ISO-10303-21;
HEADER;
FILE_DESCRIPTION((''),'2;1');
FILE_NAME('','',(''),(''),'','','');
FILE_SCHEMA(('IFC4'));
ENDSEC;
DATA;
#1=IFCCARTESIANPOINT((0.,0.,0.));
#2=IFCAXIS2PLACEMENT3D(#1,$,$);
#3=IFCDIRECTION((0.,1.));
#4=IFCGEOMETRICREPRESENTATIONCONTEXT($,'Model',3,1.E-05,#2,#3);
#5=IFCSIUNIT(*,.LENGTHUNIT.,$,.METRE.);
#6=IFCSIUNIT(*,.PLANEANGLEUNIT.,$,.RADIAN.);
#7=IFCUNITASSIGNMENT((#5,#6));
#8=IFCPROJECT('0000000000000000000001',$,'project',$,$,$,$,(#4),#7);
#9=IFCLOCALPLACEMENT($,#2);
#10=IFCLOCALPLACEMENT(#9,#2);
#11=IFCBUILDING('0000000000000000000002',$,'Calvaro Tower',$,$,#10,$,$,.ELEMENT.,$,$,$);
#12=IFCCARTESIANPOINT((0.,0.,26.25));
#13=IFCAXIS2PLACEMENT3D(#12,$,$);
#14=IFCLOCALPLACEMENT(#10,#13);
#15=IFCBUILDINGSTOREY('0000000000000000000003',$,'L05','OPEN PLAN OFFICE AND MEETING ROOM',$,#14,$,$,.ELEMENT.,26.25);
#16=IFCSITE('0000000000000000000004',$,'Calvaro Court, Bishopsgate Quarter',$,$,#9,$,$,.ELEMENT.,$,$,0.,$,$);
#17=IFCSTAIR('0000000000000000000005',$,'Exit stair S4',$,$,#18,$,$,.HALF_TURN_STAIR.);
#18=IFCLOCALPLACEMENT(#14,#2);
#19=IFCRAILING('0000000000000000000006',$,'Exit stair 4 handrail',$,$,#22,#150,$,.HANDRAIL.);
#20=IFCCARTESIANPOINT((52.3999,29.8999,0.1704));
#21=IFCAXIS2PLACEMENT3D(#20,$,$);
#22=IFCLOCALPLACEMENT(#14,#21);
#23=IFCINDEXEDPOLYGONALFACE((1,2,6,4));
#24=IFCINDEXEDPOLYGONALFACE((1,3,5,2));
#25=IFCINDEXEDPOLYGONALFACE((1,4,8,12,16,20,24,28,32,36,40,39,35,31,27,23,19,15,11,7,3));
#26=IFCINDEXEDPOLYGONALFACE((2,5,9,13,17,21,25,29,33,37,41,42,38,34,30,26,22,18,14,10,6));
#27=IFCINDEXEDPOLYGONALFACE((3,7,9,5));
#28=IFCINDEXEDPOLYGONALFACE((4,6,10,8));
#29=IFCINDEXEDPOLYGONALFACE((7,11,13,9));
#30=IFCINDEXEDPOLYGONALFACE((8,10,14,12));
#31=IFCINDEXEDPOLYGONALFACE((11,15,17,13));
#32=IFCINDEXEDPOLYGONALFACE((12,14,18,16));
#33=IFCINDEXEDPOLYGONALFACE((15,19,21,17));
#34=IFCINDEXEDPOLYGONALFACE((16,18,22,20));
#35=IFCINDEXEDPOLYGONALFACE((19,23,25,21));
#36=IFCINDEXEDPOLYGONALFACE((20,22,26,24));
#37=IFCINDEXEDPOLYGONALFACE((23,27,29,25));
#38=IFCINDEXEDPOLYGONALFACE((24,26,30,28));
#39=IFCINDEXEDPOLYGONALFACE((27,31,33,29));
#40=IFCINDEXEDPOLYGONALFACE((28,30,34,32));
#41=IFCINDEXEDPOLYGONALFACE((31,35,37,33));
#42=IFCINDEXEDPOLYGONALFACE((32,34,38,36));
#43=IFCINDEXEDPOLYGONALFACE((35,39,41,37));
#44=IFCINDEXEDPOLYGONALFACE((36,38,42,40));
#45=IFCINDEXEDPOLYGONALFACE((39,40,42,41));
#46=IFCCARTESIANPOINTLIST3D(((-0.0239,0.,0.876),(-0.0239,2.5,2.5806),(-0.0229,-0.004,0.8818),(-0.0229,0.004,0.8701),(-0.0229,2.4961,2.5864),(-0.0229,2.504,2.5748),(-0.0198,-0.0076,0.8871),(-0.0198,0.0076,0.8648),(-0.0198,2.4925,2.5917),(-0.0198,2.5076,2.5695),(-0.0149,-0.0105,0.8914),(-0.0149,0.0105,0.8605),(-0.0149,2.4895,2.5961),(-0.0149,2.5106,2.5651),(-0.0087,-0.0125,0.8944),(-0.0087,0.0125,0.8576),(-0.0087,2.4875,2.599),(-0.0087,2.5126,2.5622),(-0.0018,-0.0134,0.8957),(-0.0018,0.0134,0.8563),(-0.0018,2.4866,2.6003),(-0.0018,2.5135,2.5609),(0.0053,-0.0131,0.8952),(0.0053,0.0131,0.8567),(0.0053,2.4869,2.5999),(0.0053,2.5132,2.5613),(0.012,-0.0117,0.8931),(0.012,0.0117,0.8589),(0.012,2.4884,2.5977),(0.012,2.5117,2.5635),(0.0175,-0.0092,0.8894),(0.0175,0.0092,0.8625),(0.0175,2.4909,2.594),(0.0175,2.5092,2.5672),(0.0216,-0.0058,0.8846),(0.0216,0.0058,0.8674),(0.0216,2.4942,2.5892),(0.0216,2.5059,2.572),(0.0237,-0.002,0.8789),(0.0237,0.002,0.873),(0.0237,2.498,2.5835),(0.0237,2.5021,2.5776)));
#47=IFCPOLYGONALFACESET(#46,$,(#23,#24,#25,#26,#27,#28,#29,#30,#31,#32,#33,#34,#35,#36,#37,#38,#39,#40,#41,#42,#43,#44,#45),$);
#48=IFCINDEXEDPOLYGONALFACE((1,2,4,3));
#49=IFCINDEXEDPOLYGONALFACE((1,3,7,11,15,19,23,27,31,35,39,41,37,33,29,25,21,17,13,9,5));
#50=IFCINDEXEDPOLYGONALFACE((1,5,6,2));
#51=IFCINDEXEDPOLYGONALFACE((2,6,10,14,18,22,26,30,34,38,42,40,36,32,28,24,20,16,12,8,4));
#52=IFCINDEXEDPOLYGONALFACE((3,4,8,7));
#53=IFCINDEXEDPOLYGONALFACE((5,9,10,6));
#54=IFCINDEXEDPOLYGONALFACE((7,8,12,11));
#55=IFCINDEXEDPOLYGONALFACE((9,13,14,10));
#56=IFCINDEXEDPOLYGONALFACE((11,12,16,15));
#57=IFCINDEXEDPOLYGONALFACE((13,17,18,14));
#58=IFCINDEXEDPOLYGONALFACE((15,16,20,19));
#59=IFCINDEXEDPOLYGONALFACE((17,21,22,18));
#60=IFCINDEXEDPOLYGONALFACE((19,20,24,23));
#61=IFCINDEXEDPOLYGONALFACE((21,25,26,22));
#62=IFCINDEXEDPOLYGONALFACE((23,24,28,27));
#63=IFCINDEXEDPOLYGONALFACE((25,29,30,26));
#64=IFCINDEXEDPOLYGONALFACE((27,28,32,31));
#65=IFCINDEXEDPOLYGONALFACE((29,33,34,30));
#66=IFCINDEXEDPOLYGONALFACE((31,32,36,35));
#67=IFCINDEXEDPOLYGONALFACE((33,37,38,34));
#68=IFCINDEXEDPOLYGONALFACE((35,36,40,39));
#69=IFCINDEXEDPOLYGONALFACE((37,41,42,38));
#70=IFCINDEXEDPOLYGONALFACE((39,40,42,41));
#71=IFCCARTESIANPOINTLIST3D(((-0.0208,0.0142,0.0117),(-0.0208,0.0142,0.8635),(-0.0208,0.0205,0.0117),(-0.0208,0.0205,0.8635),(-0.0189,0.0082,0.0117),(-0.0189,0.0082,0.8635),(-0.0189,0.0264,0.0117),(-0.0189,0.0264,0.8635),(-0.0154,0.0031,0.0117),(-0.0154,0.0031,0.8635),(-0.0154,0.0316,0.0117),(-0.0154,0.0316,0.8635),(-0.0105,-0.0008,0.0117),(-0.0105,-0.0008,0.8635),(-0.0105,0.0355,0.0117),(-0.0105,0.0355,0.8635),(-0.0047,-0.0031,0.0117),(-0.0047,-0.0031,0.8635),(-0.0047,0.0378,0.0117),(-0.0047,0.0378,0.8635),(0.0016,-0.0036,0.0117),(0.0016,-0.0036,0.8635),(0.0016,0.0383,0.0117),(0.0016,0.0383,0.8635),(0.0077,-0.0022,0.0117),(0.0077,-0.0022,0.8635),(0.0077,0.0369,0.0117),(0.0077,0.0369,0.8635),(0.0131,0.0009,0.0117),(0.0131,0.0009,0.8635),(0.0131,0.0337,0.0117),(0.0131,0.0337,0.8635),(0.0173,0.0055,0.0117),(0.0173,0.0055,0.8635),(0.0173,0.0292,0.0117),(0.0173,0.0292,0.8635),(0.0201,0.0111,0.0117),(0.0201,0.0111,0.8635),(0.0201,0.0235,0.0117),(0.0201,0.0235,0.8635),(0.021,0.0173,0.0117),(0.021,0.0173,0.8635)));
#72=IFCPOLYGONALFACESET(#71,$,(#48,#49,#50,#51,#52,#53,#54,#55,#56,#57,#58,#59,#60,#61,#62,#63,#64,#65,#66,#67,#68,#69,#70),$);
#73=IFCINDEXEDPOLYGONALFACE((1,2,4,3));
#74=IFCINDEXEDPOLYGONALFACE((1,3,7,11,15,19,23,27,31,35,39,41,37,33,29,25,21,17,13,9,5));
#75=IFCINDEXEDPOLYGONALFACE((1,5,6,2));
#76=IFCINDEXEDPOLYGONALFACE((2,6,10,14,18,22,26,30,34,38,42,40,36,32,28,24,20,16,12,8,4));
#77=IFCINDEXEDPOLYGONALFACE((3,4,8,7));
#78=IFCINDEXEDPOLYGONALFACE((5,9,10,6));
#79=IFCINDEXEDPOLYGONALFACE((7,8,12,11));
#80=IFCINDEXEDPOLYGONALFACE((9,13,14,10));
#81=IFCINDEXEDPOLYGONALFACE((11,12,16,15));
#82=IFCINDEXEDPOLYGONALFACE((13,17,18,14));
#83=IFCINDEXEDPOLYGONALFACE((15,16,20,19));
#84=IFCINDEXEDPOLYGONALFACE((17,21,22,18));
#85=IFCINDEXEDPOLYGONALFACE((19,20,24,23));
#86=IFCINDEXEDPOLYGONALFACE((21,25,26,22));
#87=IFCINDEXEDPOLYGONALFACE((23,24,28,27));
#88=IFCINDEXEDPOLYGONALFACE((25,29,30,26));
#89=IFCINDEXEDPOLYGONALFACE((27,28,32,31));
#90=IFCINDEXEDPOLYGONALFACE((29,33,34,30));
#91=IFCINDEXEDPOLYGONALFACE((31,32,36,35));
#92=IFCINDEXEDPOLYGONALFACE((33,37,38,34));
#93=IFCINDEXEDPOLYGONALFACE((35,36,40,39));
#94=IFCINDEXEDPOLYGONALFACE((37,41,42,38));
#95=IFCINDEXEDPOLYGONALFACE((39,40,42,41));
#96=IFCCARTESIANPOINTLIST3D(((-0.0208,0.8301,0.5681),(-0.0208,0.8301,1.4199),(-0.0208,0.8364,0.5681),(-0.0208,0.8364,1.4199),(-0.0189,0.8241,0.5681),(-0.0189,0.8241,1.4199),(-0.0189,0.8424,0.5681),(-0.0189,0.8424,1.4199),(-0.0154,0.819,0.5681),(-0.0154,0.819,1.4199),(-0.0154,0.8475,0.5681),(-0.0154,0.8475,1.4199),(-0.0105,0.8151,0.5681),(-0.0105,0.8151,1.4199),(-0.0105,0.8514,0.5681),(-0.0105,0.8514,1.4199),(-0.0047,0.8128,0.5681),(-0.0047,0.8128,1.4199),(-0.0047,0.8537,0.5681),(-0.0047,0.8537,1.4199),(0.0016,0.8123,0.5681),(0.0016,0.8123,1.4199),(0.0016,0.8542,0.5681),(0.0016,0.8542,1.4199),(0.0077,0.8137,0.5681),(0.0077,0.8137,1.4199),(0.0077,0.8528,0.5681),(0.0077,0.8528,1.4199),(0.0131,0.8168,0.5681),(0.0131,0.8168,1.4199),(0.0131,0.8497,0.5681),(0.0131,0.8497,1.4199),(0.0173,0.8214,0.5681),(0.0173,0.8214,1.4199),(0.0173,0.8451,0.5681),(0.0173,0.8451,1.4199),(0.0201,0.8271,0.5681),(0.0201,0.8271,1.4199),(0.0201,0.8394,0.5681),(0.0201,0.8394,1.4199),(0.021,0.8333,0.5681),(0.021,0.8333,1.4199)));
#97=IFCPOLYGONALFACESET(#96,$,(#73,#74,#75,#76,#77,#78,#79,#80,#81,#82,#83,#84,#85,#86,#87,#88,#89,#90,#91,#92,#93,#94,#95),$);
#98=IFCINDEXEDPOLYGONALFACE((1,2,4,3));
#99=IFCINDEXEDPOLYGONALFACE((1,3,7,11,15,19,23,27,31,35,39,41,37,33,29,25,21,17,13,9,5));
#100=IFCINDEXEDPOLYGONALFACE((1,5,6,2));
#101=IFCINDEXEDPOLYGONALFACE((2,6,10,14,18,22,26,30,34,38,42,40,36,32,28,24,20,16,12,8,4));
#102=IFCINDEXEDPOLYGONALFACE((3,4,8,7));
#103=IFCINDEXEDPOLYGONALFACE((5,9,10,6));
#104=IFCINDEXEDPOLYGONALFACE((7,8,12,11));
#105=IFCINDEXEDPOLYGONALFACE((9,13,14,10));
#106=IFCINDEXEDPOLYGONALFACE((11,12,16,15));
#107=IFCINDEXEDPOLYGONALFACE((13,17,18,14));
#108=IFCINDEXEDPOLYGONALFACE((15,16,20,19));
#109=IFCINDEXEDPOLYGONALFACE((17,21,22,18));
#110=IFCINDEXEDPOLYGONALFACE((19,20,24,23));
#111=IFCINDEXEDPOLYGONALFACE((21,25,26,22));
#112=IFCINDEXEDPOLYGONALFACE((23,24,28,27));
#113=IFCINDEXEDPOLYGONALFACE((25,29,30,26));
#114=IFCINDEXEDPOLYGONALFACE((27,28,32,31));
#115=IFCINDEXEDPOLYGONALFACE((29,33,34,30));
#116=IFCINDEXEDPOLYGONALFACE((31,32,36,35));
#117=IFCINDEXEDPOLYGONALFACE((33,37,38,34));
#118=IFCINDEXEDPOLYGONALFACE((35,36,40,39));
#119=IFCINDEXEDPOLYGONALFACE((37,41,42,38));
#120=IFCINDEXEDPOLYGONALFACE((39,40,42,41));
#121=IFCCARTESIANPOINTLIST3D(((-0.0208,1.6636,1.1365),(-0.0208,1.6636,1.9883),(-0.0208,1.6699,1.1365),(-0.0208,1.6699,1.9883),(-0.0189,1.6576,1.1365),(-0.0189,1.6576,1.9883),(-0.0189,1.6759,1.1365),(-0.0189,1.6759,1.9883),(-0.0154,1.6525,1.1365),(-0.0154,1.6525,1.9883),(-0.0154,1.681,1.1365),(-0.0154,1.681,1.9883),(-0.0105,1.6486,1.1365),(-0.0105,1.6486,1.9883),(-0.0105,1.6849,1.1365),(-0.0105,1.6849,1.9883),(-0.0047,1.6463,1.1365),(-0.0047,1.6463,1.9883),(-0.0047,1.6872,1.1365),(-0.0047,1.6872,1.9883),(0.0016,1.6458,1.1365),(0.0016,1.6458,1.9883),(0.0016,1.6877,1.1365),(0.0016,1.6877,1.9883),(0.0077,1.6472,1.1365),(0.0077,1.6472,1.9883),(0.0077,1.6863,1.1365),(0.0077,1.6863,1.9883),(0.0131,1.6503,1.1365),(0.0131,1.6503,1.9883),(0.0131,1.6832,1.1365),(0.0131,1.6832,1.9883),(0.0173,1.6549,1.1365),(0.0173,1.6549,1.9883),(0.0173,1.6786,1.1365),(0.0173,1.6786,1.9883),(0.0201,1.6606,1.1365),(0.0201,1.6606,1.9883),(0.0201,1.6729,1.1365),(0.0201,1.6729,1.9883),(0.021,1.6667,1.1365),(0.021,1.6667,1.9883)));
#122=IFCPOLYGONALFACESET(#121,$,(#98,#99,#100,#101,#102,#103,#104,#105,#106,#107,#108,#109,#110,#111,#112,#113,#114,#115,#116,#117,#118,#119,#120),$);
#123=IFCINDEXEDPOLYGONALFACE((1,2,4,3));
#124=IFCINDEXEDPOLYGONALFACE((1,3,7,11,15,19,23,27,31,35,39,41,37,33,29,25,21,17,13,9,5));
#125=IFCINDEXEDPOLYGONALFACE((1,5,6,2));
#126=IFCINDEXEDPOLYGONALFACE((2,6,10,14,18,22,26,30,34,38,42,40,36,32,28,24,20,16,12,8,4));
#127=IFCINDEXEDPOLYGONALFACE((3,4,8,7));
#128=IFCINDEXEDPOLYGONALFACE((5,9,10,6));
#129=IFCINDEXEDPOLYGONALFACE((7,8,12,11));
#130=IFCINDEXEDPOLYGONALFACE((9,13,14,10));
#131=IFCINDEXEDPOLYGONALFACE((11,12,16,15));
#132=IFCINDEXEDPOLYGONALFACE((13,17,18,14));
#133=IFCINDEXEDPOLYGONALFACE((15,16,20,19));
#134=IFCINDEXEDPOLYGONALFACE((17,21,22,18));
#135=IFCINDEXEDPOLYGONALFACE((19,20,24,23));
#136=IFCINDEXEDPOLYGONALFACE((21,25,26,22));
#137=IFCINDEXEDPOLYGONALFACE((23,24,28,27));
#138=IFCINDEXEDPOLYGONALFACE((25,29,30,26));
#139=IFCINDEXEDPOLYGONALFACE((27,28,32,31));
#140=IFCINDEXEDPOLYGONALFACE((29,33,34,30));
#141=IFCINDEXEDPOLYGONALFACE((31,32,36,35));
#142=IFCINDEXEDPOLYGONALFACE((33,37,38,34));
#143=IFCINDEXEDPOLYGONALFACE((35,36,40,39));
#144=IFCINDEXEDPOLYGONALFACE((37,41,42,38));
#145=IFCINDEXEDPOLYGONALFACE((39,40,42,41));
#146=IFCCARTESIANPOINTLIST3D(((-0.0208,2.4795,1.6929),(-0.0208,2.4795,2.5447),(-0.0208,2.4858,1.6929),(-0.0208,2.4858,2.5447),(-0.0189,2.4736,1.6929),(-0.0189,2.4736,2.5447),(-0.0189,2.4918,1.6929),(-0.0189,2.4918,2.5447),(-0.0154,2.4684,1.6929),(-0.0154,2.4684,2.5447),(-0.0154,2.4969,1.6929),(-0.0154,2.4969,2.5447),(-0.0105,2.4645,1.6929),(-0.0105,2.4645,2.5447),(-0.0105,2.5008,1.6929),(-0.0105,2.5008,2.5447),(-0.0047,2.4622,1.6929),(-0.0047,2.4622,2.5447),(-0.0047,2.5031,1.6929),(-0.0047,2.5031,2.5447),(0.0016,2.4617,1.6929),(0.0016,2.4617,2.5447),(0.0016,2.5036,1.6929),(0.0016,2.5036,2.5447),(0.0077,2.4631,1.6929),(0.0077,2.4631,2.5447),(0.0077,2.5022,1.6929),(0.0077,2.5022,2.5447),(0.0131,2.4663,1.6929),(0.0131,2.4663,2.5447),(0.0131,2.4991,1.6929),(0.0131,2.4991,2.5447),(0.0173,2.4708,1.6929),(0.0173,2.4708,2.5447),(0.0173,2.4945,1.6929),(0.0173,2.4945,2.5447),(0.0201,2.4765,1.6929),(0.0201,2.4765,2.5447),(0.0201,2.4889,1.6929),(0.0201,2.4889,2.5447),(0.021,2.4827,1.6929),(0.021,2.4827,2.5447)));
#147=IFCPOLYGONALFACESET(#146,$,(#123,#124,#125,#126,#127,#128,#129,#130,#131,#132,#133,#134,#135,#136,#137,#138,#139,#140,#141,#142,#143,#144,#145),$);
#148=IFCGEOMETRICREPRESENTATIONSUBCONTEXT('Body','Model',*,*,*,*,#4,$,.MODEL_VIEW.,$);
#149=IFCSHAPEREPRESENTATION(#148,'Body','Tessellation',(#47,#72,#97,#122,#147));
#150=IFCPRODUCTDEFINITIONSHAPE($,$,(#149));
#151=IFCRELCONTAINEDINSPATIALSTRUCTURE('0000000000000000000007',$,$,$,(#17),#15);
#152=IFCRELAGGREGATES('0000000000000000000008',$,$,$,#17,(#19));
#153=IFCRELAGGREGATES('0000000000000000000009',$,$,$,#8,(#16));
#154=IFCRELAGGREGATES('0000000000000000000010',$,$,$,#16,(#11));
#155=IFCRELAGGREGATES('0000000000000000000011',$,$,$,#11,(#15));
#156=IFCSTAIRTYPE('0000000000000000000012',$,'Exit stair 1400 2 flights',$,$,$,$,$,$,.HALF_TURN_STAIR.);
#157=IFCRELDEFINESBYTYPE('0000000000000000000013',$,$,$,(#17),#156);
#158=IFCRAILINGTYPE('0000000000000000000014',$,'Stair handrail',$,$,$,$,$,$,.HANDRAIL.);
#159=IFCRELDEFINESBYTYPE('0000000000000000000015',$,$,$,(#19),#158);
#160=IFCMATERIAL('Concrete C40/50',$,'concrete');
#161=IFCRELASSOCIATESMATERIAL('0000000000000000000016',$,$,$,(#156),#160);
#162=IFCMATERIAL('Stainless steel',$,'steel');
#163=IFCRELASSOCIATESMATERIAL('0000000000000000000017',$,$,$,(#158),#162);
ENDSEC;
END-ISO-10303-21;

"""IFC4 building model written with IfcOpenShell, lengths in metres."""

from ifc_helpers import new_model, si_unit, direction, frame, origin, origin_2d, place, context, subcontext, project, spatial, circle, extrude, material, type_object, element, aggregate, save


model = new_model("IFC4")

# Units and contexts
model_context = context("Model", 3, precision=1e-05, world=origin(), true_north=direction((0.0, 1.0)))
body_context = subcontext(model_context, "Body", "Model", "MODEL_VIEW")
ifc_project = project(units=[si_unit("LENGTHUNIT", "METRE"), si_unit("PLANEANGLEUNIT", "RADIAN")], contexts=[model_context])

# Site, building, storey
site_placement = place(None, origin())
site = spatial("IfcSite", under=ifc_project, at=site_placement, Name="Calvaro Court, Bishopsgate Quarter", CompositionType="ELEMENT", RefElevation=0.0)
building_placement = place(site_placement, origin())
building = spatial("IfcBuilding", under=site, at=building_placement, Name="Calvaro Tower", CompositionType="ELEMENT")
storey_placement = place(building_placement, frame((0.0, 0.0, 26.25)))
storey = spatial("IfcBuildingStorey", under=building, at=storey_placement, Name="L05", Description="OPEN PLAN OFFICE AND MEETING ROOM", CompositionType="ELEMENT", Elevation=26.25)

# Stair
ifc_material_1 = material(Name="Concrete C40/50", Category="concrete")
stair_type = type_object("IfcStairType", Name="Exit stair 1400 2 flights", PredefinedType="HALF_TURN_STAIR", material=ifc_material_1)
stair_1_placement = place(storey_placement, origin())
stair_1 = element("IfcStair", 1, at=stair_1_placement, inside=storey, type_object=stair_type, Name="Exit stair S4", PredefinedType="HALF_TURN_STAIR")

# Railing
ifc_material_2 = material(Name="Stainless steel", Category="steel")
railing_type = type_object("IfcRailingType", Name="Stair handrail", PredefinedType="HANDRAIL", material=ifc_material_2)
railing_1_placement = place(storey_placement, frame((52.3999, 29.8999, 0.1704)))
railing_1 = element("IfcRailing", 2, at=railing_1_placement, type_object=railing_type, Name="Exit stair 4 handrail", PredefinedType="HANDRAIL", context=body_context, shape_type="SweptSolid", body=[
    extrude(circle(Radius=0.0239, at=origin_2d()), frame((0.0, 0.0, 0.876), z_axis=(0.0, 0.826221, 0.563347), x_axis=(-1.0, 0.0, 0.0)), (0.0, 0.0, 1.0), 3.0259),
    extrude(circle(Radius=0.021, at=origin_2d()), frame((0.0, 0.0173, 0.0117)), (0.0, 0.0, 1.0), 0.8518),
    extrude(circle(Radius=0.021, at=origin_2d()), frame((0.0, 0.8333, 0.5681)), (0.0, 0.0, 1.0), 0.8518),
    extrude(circle(Radius=0.021, at=origin_2d()), frame((0.0, 1.6667, 1.1365)), (0.0, 0.0, 1.0), 0.8518),
    extrude(circle(Radius=0.021, at=origin_2d()), frame((0.0, 2.4827, 1.6929)), (0.0, 0.0, 1.0), 0.8518),
])
aggregate(stair_1, [railing_1])

save(model, "model.ifc")
